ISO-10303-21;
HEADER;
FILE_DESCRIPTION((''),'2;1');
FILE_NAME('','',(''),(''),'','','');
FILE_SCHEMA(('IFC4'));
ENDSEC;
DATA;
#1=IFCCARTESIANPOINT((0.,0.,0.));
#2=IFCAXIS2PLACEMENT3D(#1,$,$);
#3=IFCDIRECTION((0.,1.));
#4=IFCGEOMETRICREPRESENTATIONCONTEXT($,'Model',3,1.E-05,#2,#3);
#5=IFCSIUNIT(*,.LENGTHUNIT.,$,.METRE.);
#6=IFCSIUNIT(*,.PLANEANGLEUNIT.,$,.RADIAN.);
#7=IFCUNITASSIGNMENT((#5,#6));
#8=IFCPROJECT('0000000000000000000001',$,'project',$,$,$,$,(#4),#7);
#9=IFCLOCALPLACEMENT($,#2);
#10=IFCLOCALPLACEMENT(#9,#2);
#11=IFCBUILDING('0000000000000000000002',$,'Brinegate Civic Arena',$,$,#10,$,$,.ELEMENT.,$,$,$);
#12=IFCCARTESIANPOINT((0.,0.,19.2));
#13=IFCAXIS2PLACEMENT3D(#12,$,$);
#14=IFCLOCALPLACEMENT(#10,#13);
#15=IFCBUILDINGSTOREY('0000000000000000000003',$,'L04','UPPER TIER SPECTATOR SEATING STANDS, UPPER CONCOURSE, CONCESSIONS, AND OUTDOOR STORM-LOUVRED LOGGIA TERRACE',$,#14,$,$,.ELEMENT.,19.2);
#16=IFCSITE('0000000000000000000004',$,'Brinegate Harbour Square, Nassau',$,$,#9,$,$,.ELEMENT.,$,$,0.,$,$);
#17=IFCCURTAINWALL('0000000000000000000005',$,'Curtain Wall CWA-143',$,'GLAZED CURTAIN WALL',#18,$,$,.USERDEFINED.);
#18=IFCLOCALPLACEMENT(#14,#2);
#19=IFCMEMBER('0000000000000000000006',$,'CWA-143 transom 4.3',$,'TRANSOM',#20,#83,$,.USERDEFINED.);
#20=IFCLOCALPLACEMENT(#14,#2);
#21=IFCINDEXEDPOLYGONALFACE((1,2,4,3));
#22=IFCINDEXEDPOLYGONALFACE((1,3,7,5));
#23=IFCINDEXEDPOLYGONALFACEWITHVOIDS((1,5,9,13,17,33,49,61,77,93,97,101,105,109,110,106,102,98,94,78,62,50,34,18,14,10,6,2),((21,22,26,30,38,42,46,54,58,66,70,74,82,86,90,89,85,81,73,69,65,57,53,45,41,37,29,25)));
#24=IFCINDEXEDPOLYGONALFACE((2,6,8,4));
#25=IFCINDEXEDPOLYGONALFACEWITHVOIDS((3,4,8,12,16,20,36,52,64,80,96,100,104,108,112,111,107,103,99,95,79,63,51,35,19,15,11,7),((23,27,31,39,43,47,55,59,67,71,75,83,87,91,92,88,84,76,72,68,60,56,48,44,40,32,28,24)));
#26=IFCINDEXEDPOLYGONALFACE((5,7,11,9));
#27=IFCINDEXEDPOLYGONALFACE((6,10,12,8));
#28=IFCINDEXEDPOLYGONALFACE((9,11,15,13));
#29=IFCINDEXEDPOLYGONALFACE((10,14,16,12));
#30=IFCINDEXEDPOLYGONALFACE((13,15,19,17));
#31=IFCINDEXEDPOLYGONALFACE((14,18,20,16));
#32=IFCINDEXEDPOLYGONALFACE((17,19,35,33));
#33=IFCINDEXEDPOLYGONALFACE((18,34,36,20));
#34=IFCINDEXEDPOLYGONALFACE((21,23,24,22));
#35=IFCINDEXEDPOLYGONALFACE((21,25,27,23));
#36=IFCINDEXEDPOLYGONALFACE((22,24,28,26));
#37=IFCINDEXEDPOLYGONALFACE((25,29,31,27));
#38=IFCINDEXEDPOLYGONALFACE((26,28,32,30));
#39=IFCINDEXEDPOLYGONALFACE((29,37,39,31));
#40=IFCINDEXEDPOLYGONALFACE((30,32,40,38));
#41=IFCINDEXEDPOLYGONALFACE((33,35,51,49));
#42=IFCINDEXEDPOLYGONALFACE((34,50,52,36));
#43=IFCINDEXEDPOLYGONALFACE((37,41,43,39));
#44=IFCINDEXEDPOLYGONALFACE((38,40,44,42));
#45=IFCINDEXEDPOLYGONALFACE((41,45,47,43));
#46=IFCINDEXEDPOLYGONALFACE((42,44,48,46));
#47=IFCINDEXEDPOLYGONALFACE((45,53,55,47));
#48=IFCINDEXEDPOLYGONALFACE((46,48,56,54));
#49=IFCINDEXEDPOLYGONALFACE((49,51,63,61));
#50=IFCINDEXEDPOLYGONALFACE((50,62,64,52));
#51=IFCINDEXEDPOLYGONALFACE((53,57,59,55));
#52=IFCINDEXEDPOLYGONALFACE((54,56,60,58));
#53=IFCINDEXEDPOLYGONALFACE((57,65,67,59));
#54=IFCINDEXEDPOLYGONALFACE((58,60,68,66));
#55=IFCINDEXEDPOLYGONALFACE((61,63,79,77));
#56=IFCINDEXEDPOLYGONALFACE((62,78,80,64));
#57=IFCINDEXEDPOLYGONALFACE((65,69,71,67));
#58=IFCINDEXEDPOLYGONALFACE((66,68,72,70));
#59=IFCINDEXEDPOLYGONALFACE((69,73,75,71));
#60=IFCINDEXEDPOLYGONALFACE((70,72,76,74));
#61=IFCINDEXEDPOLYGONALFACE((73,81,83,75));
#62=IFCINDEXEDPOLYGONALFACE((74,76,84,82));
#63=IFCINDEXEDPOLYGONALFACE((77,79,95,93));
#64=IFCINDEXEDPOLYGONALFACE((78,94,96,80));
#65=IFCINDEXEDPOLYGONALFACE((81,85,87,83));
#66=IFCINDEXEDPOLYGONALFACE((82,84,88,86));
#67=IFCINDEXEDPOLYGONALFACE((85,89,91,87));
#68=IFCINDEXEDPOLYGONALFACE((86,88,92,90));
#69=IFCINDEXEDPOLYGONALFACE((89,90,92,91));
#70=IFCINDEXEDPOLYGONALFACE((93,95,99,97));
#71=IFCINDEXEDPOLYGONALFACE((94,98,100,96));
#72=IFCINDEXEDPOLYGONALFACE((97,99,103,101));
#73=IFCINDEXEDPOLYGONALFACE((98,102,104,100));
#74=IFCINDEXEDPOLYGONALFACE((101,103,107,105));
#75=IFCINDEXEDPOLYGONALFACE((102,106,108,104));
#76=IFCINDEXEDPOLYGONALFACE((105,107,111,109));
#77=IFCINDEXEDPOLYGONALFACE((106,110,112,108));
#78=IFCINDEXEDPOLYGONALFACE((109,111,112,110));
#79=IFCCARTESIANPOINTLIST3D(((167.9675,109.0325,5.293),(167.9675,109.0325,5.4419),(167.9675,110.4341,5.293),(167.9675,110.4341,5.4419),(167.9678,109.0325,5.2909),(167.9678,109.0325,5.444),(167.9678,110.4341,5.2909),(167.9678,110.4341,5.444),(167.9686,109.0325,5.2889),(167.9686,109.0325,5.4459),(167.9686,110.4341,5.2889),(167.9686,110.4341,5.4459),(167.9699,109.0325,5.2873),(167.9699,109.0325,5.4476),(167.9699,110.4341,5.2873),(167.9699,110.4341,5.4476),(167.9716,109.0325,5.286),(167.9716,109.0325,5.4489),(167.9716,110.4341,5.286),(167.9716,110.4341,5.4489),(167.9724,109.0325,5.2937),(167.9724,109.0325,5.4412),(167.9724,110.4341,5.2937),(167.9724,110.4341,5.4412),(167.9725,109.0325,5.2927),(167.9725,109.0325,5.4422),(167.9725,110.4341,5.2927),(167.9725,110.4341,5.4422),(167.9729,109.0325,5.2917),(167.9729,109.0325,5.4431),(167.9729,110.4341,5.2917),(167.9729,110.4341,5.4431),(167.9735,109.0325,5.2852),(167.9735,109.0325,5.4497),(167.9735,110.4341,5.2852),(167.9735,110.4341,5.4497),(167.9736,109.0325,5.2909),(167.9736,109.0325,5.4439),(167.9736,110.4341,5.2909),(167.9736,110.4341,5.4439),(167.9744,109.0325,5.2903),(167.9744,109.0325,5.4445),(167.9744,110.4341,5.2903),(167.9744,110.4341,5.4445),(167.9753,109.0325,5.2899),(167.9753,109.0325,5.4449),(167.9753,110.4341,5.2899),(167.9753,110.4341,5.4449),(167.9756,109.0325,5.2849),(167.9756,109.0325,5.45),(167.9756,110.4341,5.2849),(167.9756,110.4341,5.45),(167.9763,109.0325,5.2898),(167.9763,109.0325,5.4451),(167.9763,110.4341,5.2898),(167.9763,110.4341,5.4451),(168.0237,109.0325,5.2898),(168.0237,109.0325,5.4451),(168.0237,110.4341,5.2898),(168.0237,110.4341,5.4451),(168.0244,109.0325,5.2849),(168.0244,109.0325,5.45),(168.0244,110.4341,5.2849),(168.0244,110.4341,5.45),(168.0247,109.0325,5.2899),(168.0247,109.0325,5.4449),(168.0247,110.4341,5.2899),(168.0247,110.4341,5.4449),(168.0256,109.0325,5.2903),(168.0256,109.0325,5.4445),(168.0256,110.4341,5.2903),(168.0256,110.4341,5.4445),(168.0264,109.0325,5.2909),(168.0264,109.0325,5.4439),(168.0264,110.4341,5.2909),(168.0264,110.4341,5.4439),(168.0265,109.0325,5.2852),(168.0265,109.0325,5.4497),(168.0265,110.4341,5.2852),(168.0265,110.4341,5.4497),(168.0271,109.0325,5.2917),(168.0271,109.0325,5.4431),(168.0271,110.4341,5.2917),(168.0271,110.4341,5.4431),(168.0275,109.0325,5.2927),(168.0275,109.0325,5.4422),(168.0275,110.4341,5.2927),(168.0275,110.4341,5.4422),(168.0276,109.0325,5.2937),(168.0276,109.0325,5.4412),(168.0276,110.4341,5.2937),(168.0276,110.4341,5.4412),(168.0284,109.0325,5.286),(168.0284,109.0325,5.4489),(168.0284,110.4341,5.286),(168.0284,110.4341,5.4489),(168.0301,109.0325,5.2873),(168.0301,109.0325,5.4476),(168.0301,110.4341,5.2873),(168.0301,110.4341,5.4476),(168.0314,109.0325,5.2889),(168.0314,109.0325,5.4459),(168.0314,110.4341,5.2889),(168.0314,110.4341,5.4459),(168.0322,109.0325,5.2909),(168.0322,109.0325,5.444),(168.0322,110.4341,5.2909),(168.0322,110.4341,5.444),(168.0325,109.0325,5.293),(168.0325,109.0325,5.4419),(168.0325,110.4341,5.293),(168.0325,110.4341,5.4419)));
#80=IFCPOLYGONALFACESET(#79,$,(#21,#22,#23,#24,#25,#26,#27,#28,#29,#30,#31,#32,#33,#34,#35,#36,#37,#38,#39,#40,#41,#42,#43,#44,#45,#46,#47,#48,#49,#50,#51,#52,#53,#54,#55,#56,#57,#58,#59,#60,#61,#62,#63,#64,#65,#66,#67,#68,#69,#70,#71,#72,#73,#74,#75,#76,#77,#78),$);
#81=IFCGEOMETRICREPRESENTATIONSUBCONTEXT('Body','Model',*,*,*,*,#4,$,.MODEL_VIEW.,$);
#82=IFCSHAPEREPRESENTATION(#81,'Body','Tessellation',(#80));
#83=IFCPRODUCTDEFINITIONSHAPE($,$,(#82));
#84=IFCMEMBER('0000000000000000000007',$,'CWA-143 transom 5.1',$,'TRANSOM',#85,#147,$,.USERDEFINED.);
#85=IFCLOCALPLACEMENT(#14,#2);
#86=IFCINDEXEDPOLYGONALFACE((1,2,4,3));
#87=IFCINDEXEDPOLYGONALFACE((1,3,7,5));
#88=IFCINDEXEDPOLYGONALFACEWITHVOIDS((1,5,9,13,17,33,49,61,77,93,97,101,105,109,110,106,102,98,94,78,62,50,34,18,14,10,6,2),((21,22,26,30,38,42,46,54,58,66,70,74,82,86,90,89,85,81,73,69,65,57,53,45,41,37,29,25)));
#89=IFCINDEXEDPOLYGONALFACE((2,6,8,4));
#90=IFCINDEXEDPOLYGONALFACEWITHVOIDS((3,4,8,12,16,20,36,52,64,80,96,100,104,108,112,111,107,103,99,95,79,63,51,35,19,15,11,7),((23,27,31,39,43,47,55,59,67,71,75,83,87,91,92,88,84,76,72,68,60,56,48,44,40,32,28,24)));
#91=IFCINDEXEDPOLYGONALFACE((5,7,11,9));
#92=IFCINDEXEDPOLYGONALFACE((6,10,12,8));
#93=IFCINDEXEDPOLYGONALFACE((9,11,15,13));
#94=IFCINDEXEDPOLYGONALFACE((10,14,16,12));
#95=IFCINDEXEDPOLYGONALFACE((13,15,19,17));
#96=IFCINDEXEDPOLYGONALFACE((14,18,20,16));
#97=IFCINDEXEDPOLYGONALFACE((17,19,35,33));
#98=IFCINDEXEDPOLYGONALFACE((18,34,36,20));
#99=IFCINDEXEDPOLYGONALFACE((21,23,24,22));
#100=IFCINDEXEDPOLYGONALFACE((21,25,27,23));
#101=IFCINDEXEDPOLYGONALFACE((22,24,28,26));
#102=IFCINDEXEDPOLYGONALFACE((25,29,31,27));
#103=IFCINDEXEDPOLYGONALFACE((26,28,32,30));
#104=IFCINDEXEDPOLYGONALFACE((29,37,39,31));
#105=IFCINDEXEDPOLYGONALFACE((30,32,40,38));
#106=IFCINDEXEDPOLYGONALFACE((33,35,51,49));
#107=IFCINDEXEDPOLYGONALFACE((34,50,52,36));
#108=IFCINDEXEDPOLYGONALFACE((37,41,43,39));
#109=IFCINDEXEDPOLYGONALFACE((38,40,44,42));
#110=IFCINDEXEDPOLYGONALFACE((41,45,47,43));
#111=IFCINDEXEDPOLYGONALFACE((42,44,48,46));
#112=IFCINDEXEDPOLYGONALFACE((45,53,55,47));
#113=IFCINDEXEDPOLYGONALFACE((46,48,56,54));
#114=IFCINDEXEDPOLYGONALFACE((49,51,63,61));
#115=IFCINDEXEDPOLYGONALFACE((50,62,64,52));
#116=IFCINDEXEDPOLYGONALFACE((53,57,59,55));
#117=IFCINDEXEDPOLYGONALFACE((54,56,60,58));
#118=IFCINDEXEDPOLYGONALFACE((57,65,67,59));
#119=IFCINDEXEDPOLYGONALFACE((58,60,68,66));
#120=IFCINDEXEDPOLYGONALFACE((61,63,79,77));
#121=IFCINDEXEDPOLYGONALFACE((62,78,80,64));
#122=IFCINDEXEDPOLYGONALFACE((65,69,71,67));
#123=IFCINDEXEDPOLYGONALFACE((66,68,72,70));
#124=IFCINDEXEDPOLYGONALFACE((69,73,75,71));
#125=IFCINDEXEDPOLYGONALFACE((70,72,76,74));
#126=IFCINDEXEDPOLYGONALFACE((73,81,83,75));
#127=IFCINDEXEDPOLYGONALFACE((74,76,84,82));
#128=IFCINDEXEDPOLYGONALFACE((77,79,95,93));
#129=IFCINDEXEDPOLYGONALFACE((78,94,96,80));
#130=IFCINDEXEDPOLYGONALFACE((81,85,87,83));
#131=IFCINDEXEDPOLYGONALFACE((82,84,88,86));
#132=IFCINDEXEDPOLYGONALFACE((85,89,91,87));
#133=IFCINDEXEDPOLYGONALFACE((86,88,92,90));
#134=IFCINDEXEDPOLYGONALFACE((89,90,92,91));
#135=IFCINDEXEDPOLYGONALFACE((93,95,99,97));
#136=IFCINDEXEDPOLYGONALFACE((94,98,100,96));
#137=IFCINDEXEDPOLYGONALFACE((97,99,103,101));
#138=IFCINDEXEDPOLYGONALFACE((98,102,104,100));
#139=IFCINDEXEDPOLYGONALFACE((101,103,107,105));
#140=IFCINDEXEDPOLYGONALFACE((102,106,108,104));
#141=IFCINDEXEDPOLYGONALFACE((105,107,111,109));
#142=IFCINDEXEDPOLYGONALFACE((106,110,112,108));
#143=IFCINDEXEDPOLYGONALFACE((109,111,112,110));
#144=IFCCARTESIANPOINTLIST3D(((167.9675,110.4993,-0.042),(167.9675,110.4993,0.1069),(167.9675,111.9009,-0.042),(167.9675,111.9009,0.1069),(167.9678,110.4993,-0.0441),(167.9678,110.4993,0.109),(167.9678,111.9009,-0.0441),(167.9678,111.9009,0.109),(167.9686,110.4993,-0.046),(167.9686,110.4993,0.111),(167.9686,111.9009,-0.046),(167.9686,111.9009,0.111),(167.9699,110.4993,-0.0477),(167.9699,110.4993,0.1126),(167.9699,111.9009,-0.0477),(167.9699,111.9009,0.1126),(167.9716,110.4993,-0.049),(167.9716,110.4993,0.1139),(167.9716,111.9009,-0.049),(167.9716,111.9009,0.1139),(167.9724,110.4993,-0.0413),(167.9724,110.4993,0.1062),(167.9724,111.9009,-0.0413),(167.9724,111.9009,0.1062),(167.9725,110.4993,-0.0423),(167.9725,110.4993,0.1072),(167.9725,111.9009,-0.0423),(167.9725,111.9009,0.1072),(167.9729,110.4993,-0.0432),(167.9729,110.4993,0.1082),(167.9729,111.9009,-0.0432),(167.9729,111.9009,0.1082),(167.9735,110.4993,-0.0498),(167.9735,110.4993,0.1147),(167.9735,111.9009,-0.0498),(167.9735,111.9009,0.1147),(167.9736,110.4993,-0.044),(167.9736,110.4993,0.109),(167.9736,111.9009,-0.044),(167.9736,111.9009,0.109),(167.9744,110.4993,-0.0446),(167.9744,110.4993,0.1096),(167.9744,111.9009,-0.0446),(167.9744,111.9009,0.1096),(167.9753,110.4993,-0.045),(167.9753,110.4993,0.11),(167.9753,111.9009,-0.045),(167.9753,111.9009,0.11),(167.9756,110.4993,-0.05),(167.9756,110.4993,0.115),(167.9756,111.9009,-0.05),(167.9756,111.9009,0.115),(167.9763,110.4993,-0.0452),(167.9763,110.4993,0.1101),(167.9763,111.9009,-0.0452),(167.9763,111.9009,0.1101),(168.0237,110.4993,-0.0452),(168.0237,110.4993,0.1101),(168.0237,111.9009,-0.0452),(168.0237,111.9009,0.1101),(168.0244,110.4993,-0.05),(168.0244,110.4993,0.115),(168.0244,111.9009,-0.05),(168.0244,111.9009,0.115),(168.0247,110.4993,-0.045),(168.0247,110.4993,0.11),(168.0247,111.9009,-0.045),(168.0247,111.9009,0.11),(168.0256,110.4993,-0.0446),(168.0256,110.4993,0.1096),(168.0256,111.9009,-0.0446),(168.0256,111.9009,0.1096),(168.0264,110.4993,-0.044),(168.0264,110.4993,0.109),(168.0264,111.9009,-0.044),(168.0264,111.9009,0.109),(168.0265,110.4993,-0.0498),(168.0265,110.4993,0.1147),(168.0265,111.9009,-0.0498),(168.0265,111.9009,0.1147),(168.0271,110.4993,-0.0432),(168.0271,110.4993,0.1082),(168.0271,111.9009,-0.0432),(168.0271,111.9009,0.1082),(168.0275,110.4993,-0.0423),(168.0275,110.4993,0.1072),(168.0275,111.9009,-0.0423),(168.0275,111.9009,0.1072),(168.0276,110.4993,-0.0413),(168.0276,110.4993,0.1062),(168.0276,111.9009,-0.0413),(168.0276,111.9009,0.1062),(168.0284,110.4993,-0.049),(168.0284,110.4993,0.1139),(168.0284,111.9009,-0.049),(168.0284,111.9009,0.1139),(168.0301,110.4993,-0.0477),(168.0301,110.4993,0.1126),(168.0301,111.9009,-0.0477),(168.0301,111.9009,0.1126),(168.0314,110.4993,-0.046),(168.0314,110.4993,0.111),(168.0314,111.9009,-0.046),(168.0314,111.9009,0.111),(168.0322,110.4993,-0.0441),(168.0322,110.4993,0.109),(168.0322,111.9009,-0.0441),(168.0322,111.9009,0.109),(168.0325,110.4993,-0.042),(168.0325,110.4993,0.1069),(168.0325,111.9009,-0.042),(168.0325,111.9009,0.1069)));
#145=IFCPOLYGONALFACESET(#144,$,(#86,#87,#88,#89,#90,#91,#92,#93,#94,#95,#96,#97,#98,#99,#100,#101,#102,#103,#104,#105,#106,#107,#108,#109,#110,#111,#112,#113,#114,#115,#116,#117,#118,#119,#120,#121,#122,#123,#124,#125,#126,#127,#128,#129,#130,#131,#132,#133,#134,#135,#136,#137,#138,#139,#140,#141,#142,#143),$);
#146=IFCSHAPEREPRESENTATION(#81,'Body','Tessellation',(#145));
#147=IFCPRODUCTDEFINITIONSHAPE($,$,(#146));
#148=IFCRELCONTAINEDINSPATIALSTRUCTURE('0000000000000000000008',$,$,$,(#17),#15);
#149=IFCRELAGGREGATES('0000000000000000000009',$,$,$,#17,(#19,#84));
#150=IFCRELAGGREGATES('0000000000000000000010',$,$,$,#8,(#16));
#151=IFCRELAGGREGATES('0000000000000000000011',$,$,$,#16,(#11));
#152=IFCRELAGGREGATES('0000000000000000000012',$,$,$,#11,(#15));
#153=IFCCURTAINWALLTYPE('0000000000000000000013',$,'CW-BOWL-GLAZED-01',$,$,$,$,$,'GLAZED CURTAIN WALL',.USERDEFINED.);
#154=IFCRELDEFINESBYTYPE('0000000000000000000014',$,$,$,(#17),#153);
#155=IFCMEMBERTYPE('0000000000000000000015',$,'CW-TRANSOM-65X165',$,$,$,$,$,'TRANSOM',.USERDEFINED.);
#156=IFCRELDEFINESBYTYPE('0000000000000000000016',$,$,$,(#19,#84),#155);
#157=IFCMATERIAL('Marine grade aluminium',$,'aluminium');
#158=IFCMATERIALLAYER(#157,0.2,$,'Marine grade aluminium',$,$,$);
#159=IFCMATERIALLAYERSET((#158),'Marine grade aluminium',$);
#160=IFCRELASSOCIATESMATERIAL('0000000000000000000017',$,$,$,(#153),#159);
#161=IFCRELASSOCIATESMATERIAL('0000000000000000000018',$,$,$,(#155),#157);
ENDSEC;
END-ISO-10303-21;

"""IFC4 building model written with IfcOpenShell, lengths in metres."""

from ifc_helpers import new_model, si_unit, direction, frame, origin, origin_2d, place, context, subcontext, project, spatial, hollow_rectangle, extrude, material, layer, layer_set, material_profile, profile_set, type_object, element, aggregate, save


model = new_model("IFC4")

# Units and contexts
model_context = context("Model", 3, precision=1e-05, world=origin(), true_north=direction((0.0, 1.0)))
body_context = subcontext(model_context, "Body", "Model", "MODEL_VIEW")
ifc_project = project(units=[si_unit("LENGTHUNIT", "METRE"), si_unit("PLANEANGLEUNIT", "RADIAN")], contexts=[model_context])

# Site, building, storey
site_placement = place(None, origin())
site = spatial("IfcSite", under=ifc_project, at=site_placement, Name="Brinegate Harbour Square, Nassau", CompositionType="ELEMENT", RefElevation=0.0)
building_placement = place(site_placement, origin())
building = spatial("IfcBuilding", under=site, at=building_placement, Name="Brinegate Civic Arena", CompositionType="ELEMENT")
storey_placement = place(building_placement, frame((0.0, 0.0, 19.2)))
storey = spatial("IfcBuildingStorey", under=building, at=storey_placement, Name="L04", Description="UPPER TIER SPECTATOR SEATING STANDS, UPPER CONCOURSE, CONCESSIONS, AND OUTDOOR STORM-LOUVRED LOGGIA TERRACE", CompositionType="ELEMENT", Elevation=19.2)

# Curtain wall, members
ifc_material_1 = material(Name="Marine grade aluminium", Category="aluminium")
ifc_layer_1 = layer(ifc_material_1, 0.2, Name="Marine grade aluminium")
ifc_layer_set_1 = layer_set([ifc_layer_1], Name="Marine grade aluminium")
curtain_wall_type = type_object("IfcCurtainWallType", Name="CW-BOWL-GLAZED-01", ElementType="GLAZED CURTAIN WALL", PredefinedType="USERDEFINED", material=ifc_layer_set_1)
curtain_wall_placement = place(storey_placement, origin())
curtain_wall = element("IfcCurtainWall", 1, at=curtain_wall_placement, inside=storey, type_object=curtain_wall_type, Name="Curtain Wall CWA-143", ObjectType="GLAZED CURTAIN WALL", PredefinedType="USERDEFINED")
ifc_material_profile_1 = material_profile(ifc_material_1, hollow_rectangle(XDim=0.0649, YDim=0.165, WallThickness=0.0049, InnerFilletRadius=0.0039, OuterFilletRadius=0.0081, at=origin_2d()), Name="TRN65X165")
ifc_profile_set_1 = profile_set([ifc_material_profile_1], Name="Marine grade aluminium")
member_type_1 = type_object("IfcMemberType", Name="CW-TRANSOM-65X165", ElementType="TRANSOM", PredefinedType="USERDEFINED", material=ifc_profile_set_1)
member_1_placement = place(storey_placement, frame((168.0, 109.0325, 5.3674), z_axis=(0.0, 1.0, 0.0), x_axis=(-1.0, 0.0, 0.0)))
member_1 = element("IfcMember", 2, at=member_1_placement, type_object=member_type_1, Name="CWA-143 transom 4.3", ObjectType="TRANSOM", PredefinedType="USERDEFINED", context=body_context, shape_type="SweptSolid", body=[
    extrude(hollow_rectangle(XDim=0.0649, YDim=0.165, WallThickness=0.0049, InnerFilletRadius=0.0039, OuterFilletRadius=0.0081, at=origin_2d()), origin(), (0.0, 0.0, 1.0), 1.4016),
])
member_2_placement = place(storey_placement, frame((168.0, 110.4993, 0.0325), z_axis=(0.0, 1.0, 0.0), x_axis=(-1.0, 0.0, 0.0)))
member_2 = element("IfcMember", 3, at=member_2_placement, type_object=member_type_1, Name="CWA-143 transom 5.1", ObjectType="TRANSOM", PredefinedType="USERDEFINED", context=body_context, shape_type="SweptSolid", body=[
    extrude(hollow_rectangle(XDim=0.0649, YDim=0.165, WallThickness=0.0049, InnerFilletRadius=0.0039, OuterFilletRadius=0.0081, at=origin_2d()), origin(), (0.0, 0.0, 1.0), 1.4016),
])
aggregate(curtain_wall, [member_1, member_2])

save(model, "model.ifc")
